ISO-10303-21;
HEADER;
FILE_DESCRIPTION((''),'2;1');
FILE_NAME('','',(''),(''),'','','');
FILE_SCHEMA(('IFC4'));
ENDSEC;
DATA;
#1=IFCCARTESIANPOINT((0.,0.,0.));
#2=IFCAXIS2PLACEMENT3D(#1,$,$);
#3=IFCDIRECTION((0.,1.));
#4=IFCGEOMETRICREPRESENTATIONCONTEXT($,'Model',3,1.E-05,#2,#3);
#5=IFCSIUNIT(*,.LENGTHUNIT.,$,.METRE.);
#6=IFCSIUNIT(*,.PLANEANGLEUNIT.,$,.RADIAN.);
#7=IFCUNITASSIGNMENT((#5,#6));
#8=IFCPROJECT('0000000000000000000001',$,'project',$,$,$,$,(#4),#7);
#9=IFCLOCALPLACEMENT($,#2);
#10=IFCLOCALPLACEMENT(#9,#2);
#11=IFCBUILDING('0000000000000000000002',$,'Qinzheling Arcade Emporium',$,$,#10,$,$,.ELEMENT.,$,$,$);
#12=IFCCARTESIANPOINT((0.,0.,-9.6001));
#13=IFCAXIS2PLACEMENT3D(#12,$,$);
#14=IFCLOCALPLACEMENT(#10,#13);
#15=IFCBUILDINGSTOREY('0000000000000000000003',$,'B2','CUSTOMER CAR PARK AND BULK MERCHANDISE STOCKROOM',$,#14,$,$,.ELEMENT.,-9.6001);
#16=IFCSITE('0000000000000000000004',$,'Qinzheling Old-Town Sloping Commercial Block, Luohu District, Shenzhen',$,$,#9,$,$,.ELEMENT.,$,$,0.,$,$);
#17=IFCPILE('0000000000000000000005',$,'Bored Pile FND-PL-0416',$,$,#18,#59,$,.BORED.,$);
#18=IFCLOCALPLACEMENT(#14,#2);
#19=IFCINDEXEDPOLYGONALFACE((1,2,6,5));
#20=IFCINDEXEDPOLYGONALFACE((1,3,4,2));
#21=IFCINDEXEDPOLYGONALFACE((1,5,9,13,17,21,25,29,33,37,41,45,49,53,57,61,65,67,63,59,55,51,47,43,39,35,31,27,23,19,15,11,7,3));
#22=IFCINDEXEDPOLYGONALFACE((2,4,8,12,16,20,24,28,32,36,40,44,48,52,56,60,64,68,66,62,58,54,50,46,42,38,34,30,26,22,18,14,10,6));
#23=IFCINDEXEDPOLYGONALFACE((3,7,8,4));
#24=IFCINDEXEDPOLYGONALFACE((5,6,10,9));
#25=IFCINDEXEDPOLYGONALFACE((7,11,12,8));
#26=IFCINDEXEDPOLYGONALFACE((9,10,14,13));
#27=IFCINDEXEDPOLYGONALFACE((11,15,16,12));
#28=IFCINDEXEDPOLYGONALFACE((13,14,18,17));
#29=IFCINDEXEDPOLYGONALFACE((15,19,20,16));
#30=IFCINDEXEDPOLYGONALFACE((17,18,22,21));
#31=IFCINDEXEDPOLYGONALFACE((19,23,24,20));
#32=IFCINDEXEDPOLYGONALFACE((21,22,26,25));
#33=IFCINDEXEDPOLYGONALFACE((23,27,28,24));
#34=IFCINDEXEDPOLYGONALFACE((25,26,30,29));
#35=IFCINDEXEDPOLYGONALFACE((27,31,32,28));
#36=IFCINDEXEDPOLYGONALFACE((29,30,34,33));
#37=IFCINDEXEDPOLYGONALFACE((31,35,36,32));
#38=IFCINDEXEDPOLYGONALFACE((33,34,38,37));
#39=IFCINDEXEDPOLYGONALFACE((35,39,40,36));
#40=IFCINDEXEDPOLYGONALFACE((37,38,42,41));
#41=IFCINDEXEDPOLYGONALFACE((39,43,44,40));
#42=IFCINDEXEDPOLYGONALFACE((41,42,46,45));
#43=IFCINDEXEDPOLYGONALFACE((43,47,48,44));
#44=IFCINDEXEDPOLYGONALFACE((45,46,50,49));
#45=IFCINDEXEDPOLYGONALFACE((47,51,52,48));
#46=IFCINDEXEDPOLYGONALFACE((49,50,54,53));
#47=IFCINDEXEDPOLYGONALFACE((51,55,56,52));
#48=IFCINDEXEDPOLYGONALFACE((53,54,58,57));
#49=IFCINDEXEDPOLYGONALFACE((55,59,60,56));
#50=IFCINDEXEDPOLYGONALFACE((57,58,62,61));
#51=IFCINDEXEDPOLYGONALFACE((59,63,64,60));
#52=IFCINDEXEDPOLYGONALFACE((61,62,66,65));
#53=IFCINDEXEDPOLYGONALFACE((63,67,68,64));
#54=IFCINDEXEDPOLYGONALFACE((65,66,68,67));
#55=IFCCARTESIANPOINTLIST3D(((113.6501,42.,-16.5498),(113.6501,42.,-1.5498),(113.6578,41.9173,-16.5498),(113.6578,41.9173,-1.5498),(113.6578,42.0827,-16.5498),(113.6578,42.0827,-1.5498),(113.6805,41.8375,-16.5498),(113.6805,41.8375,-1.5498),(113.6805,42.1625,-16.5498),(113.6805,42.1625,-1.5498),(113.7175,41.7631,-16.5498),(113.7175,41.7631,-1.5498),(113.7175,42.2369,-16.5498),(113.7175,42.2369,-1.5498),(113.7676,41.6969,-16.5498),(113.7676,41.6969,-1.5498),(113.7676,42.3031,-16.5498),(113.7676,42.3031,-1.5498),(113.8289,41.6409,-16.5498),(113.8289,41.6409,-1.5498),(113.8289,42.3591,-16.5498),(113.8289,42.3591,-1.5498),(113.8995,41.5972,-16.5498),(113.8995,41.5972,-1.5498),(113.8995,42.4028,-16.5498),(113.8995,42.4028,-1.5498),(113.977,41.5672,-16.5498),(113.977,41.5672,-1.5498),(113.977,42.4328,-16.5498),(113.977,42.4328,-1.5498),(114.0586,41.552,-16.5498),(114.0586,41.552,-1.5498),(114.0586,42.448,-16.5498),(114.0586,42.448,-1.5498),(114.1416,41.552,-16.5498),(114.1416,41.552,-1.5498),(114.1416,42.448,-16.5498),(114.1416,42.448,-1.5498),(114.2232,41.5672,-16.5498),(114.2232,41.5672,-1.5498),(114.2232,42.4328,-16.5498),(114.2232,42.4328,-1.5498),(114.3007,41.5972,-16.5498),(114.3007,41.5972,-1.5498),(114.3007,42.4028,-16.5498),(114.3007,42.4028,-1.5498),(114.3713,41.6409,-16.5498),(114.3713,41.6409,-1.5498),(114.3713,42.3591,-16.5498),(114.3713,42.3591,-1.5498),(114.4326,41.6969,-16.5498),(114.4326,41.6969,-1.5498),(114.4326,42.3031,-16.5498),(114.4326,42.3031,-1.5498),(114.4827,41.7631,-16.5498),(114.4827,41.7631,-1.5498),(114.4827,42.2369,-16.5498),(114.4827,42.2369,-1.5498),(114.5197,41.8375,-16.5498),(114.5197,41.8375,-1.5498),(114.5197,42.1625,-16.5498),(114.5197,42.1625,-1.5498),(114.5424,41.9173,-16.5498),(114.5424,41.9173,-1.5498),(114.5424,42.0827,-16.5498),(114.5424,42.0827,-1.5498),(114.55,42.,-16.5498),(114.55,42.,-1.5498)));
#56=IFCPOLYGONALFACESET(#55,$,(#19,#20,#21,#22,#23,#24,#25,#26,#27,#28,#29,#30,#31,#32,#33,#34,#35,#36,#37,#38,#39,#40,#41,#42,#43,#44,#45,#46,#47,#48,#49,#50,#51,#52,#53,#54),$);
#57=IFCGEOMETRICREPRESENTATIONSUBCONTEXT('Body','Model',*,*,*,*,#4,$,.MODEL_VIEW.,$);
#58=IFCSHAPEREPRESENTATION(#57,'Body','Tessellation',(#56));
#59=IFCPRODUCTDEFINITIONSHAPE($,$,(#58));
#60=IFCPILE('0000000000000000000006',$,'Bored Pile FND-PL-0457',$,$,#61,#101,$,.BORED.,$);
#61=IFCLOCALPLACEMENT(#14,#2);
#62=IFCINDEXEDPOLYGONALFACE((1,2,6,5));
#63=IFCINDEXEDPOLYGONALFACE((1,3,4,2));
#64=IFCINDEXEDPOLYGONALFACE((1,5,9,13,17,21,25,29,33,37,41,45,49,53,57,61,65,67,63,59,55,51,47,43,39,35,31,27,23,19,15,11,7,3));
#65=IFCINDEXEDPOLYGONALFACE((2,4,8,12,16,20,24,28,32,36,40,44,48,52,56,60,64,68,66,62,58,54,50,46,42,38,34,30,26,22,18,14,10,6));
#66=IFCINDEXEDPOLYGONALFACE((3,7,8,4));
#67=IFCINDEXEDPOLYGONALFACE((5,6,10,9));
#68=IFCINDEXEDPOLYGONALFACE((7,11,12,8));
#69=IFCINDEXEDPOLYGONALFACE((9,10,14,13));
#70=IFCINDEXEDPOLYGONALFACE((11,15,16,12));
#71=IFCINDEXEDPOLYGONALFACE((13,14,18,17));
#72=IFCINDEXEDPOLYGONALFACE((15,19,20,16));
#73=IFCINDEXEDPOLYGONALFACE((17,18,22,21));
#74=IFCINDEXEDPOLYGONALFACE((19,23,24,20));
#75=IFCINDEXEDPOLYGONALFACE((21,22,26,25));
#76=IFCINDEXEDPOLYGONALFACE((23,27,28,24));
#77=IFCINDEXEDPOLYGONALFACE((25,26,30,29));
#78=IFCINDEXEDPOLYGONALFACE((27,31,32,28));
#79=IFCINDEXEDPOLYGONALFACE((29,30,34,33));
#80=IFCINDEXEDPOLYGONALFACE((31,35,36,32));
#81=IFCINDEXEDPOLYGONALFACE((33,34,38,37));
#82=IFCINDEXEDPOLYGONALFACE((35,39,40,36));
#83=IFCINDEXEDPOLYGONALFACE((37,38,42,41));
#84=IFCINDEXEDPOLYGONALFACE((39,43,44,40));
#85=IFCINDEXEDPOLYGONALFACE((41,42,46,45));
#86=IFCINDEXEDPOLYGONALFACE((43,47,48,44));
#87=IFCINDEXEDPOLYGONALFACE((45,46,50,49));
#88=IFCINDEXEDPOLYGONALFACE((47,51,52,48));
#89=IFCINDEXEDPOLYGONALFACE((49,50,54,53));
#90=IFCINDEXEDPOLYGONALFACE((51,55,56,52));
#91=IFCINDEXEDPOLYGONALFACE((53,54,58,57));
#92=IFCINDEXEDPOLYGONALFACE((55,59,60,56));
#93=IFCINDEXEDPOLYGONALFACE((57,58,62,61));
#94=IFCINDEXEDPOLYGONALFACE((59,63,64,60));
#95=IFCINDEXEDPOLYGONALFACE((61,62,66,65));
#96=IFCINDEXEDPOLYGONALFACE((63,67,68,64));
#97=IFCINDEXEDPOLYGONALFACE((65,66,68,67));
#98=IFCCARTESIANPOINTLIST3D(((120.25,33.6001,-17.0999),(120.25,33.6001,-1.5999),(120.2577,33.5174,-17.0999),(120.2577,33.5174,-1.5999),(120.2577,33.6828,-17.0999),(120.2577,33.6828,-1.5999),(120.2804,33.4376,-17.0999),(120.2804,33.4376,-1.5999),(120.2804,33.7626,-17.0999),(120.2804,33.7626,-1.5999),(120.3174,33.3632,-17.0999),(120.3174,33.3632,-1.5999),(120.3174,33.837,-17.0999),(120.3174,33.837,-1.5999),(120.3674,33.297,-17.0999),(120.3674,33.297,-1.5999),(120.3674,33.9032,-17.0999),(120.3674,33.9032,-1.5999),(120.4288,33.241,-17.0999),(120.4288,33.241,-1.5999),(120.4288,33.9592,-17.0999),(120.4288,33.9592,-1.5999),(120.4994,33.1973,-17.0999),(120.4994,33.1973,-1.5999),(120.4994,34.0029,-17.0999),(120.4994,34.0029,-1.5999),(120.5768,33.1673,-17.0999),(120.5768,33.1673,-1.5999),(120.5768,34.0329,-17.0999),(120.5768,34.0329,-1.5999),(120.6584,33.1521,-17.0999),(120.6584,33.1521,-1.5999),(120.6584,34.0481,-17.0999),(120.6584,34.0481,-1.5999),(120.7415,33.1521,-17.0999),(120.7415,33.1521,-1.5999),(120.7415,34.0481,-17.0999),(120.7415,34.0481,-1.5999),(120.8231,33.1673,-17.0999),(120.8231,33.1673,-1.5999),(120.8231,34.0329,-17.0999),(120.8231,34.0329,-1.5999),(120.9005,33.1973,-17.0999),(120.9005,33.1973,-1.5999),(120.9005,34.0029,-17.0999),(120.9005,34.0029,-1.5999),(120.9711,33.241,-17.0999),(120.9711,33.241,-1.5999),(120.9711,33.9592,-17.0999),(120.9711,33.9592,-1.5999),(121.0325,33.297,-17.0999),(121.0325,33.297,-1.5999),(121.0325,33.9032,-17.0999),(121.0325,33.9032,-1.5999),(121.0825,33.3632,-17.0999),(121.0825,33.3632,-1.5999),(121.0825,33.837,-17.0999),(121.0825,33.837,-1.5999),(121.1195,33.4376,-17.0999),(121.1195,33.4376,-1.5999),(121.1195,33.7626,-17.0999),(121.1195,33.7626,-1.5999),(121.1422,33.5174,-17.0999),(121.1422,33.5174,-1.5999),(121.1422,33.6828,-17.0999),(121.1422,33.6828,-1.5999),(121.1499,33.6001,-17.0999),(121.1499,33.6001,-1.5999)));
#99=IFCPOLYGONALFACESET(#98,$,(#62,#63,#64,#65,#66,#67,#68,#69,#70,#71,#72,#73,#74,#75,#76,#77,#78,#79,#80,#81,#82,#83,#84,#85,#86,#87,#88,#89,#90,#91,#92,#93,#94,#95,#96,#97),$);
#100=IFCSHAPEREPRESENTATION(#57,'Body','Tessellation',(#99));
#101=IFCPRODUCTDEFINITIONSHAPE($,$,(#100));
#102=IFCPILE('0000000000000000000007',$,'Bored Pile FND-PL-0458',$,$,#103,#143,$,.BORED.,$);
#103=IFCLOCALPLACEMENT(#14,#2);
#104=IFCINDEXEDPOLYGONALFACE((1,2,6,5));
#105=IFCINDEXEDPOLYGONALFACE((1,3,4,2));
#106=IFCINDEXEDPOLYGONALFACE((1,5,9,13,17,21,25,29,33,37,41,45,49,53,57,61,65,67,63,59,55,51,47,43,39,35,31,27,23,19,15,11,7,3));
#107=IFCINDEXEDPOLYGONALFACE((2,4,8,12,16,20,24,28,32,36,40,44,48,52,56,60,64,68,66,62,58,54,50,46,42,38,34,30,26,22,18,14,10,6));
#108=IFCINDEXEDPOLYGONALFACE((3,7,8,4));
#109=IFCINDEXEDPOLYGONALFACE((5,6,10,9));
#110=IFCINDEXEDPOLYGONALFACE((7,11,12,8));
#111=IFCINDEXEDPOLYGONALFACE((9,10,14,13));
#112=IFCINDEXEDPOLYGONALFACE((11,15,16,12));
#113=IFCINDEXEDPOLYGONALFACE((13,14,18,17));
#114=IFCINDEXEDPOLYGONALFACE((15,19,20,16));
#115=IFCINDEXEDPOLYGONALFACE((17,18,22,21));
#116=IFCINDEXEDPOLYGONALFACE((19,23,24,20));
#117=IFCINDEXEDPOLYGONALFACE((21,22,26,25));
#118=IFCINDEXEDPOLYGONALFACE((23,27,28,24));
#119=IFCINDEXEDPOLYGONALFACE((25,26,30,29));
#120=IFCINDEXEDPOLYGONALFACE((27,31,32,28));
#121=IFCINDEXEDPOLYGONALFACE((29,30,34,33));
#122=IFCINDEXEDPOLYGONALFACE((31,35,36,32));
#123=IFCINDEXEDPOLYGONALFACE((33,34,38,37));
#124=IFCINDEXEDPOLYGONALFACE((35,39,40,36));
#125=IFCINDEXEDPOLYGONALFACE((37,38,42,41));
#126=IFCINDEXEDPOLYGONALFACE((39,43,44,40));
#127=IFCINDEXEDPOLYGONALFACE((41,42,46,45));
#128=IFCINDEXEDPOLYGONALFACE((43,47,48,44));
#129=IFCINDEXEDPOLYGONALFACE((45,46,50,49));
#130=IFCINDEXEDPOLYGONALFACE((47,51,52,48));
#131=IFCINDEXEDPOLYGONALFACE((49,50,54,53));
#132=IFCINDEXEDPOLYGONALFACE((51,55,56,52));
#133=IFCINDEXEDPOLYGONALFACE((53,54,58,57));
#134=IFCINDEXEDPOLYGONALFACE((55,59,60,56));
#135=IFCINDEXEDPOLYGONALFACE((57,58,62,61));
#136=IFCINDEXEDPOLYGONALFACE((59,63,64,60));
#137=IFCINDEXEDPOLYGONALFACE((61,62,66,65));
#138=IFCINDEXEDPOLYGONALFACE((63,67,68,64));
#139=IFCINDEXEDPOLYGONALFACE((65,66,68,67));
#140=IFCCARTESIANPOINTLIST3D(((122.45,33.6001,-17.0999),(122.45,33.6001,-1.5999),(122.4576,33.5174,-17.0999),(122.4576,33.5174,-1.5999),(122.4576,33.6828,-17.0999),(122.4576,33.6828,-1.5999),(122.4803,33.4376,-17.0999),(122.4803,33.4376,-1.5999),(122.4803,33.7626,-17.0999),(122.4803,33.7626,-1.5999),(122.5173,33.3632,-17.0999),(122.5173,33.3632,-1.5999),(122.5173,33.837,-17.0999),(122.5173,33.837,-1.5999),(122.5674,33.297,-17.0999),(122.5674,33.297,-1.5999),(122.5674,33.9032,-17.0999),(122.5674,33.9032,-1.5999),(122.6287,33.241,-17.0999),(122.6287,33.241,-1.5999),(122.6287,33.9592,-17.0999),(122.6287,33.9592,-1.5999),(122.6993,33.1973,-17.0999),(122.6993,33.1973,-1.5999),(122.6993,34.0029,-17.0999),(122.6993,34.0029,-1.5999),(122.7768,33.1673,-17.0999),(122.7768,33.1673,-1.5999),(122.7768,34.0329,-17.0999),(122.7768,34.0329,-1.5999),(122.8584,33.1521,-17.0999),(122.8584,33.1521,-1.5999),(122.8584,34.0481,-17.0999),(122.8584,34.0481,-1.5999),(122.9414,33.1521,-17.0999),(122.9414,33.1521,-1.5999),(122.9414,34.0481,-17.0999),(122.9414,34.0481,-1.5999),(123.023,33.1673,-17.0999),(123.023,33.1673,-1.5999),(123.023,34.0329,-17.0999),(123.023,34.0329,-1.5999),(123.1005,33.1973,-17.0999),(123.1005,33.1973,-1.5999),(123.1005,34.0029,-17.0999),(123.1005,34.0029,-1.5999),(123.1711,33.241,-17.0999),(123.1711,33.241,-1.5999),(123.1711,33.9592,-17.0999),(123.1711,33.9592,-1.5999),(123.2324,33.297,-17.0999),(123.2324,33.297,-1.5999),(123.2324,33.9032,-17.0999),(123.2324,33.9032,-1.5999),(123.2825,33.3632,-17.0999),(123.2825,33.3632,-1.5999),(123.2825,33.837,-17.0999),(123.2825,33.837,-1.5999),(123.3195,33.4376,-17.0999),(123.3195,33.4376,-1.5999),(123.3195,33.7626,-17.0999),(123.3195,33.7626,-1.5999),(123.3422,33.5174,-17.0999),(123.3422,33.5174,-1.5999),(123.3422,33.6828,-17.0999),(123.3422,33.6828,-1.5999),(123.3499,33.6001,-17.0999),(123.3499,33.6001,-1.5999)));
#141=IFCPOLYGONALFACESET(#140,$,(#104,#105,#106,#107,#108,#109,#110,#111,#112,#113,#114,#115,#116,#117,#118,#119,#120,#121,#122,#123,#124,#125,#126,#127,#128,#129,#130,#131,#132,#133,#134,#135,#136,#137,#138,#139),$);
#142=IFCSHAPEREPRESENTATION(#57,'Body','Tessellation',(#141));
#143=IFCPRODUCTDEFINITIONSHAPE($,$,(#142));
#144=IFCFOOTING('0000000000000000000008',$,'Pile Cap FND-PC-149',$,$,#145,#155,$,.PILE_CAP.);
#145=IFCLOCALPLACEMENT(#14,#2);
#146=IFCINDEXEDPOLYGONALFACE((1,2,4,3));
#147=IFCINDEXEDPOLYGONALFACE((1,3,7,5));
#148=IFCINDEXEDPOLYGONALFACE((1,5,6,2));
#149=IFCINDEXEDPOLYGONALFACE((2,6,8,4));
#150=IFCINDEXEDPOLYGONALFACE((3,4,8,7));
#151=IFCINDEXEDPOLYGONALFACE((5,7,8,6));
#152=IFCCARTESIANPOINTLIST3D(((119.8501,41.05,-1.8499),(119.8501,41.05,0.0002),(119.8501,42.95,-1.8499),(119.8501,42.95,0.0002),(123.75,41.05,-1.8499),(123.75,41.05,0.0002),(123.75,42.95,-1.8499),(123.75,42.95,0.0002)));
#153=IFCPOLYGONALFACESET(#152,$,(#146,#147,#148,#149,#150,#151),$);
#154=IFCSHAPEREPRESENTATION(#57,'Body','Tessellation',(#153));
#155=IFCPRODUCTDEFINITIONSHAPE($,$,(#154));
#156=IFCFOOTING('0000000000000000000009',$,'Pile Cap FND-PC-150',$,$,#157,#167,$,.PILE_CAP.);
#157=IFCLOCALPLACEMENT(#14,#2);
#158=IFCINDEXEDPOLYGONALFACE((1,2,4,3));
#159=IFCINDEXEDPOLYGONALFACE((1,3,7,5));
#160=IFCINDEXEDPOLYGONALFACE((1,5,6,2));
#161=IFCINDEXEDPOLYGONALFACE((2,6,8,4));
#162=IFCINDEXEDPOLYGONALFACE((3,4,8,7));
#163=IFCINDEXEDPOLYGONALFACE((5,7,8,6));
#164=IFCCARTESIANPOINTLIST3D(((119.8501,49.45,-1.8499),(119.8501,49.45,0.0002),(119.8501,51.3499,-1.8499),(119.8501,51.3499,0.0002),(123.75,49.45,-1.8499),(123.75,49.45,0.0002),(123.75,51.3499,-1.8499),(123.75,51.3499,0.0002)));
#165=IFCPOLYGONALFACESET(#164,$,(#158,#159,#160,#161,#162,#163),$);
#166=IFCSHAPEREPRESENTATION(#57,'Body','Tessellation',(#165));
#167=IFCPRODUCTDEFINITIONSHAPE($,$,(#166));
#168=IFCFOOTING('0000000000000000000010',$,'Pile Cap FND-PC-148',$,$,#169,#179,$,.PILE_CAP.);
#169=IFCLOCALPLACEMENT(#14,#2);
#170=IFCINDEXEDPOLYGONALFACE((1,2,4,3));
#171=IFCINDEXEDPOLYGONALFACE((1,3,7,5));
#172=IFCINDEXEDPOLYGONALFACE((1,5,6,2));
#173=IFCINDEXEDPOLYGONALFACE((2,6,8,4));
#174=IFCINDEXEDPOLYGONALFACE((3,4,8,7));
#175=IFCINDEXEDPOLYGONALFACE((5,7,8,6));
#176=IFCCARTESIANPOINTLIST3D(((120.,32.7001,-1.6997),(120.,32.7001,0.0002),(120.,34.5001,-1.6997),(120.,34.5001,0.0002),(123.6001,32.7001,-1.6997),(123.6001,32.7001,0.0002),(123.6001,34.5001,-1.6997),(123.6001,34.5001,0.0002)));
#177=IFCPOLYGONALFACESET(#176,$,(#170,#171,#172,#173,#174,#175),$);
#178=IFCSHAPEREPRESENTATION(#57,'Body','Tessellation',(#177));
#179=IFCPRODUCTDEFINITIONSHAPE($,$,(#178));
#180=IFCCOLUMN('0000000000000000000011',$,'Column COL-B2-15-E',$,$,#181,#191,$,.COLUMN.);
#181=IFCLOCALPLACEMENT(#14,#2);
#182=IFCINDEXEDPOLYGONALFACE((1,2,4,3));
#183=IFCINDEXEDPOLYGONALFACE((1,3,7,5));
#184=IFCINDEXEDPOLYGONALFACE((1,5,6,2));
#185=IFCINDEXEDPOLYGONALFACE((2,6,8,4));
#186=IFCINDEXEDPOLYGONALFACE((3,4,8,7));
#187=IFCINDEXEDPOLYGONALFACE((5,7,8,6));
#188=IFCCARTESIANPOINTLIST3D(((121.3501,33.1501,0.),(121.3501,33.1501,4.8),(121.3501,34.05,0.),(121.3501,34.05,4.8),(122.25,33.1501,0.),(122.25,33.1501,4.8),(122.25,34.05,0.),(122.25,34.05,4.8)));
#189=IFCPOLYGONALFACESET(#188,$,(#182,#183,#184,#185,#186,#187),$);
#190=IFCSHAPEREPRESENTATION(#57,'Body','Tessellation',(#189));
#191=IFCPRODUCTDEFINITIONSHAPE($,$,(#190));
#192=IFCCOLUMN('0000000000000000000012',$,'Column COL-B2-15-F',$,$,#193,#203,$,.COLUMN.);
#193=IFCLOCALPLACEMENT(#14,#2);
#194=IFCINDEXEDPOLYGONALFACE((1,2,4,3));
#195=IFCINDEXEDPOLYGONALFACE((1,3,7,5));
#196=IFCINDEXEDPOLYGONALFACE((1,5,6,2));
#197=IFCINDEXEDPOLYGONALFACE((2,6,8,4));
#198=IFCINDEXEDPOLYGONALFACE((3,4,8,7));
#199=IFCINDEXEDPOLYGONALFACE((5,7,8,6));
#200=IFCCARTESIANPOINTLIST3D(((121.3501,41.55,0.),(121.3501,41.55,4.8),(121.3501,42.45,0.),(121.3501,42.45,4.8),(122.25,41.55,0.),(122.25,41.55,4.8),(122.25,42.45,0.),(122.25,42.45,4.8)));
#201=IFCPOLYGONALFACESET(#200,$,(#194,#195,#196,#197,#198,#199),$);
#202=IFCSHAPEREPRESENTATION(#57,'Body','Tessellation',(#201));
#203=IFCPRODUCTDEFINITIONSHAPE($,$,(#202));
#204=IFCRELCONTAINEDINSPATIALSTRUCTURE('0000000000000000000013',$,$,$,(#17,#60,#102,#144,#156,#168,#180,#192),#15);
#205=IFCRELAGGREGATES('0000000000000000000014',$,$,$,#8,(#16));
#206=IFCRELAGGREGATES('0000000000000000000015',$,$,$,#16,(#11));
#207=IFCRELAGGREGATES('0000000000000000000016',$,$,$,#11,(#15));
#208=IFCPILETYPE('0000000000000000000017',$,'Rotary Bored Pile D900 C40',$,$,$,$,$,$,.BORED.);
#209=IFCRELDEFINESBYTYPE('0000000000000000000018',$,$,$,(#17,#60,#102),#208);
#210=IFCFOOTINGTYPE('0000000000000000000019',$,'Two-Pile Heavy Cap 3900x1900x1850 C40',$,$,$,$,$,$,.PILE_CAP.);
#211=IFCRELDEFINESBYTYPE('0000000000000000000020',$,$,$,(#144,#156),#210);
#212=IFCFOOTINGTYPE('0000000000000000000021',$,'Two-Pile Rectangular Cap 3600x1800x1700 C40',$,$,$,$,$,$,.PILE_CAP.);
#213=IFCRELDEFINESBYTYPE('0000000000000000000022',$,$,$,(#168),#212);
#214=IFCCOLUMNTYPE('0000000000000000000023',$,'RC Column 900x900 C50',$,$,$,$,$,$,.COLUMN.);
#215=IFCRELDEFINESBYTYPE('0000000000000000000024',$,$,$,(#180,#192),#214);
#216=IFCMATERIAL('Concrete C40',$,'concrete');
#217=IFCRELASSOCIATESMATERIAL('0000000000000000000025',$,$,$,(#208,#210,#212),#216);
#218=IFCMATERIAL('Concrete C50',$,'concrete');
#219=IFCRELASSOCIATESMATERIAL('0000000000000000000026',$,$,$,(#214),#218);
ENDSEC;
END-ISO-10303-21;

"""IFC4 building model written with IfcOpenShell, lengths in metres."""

from ifc_helpers import new_model, si_unit, direction, frame, origin, origin_2d, place, context, subcontext, project, spatial, rectangle, circle, extrude, material, material_profile, profile_set, type_object, element, save


model = new_model("IFC4")

# Units and contexts
model_context = context("Model", 3, precision=1e-05, world=origin(), true_north=direction((0.0, 1.0)))
body_context = subcontext(model_context, "Body", "Model", "MODEL_VIEW")
ifc_project = project(units=[si_unit("LENGTHUNIT", "METRE"), si_unit("PLANEANGLEUNIT", "RADIAN")], contexts=[model_context])

# Site, building, storey
site_placement = place(None, origin())
site = spatial("IfcSite", under=ifc_project, at=site_placement, Name="Qinzheling Old-Town Sloping Commercial Block, Luohu District, Shenzhen", CompositionType="ELEMENT", RefElevation=0.0)
building_placement = place(site_placement, origin())
building = spatial("IfcBuilding", under=site, at=building_placement, Name="Qinzheling Arcade Emporium", CompositionType="ELEMENT")
storey_placement = place(building_placement, frame((0.0, 0.0, -9.6001)))
storey = spatial("IfcBuildingStorey", under=building, at=storey_placement, Name="B2", Description="CUSTOMER CAR PARK AND BULK MERCHANDISE STOCKROOM", CompositionType="ELEMENT", Elevation=-9.6001)

# Shared definitions
ifc_material_1 = material(Name="Concrete C40", Category="concrete")

# Piles
ifc_material_profile_1 = material_profile(ifc_material_1, circle(Radius=0.45, at=origin_2d()), Name="BORED D900", Category="concrete")
ifc_profile_set_1 = profile_set([ifc_material_profile_1], Name="Concrete C40")
pile_type_1 = type_object("IfcPileType", Name="Rotary Bored Pile D900 C40", PredefinedType="BORED", material=ifc_profile_set_1)
for number, where, z_axis, x_axis, name in (
    (1, (114.1001, 42.0, -1.5498), (0.0, 0.0, -1.0), (1.0, 0.0, 0.0), "Bored Pile FND-PL-0416"),
):
    element("IfcPile", number, at=place(storey_placement, frame(where, z_axis=z_axis, x_axis=x_axis)), inside=storey, type_object=pile_type_1, Name=name, PredefinedType="BORED", context=body_context, shape_type="SweptSolid", body=[
        extrude(circle(Radius=0.45, at=origin_2d()), origin(), (0.0, 0.0, 1.0), 15.0),
    ])
for number, where, z_axis, x_axis, name in (
    (2, (120.7, 33.6001, -1.5999), (0.0, 0.0, -1.0), (1.0, 0.0, 0.0), "Bored Pile FND-PL-0457"),
    (3, (122.8999, 33.6001, -1.5999), (0.0, 0.0, -1.0), (1.0, 0.0, 0.0), "Bored Pile FND-PL-0458"),
):
    element("IfcPile", number, at=place(storey_placement, frame(where, z_axis=z_axis, x_axis=x_axis)), inside=storey, type_object=pile_type_1, Name=name, PredefinedType="BORED", context=body_context, shape_type="SweptSolid", body=[
        extrude(circle(Radius=0.45, at=origin_2d()), origin(), (0.0, 0.0, 1.0), 15.5),
    ])

# Footings
footing_type_1 = type_object("IfcFootingType", Name="Two-Pile Heavy Cap 3900x1900x1850 C40", PredefinedType="PILE_CAP", material=ifc_material_1)
for number, where, z_axis, x_axis, name in (
    (4, (121.8, 42.0, -1.8499), (0.0, 0.0, 1.0), (1.0, 0.0, 0.0), "Pile Cap FND-PC-149"),
    (5, (121.8, 50.3999, -1.8499), (0.0, 0.0, 1.0), (1.0, 0.0, 0.0), "Pile Cap FND-PC-150"),
):
    element("IfcFooting", number, at=place(storey_placement, frame(where, z_axis=z_axis, x_axis=x_axis)), inside=storey, type_object=footing_type_1, Name=name, PredefinedType="PILE_CAP", context=body_context, shape_type="SweptSolid", body=[
        extrude(rectangle(XDim=3.8999, YDim=1.8999, at=origin_2d()), origin(), (0.0, 0.0, 1.0), 1.8501),
    ])
footing_type_2 = type_object("IfcFootingType", Name="Two-Pile Rectangular Cap 3600x1800x1700 C40", PredefinedType="PILE_CAP", material=ifc_material_1)
footing_1_placement = place(storey_placement, frame((121.8, 33.6001, -1.6997), z_axis=(0.0, 0.0, 1.0), x_axis=(1.0, 0.0, 0.0)))
element("IfcFooting", 6, at=footing_1_placement, inside=storey, type_object=footing_type_2, Name="Pile Cap FND-PC-148", PredefinedType="PILE_CAP", context=body_context, shape_type="SweptSolid", body=[
    extrude(rectangle(XDim=3.6001, YDim=1.8, at=origin_2d()), origin(), (0.0, 0.0, 1.0), 1.7),
])

# Columns
ifc_material_2 = material(Name="Concrete C50", Category="concrete")
ifc_material_profile_2 = material_profile(ifc_material_2, rectangle(XDim=0.8999, YDim=0.8999, at=origin_2d()), Name="RC 900x900", Category="concrete")
ifc_profile_set_2 = profile_set([ifc_material_profile_2], Name="Concrete C50")
column_type = type_object("IfcColumnType", Name="RC Column 900x900 C50", PredefinedType="COLUMN", material=ifc_profile_set_2)
for number, where, z_axis, x_axis, name in (
    (7, (121.8, 33.6001, 0.0), (0.0, 0.0, 1.0), (1.0, 0.0, 0.0), "Column COL-B2-15-E"),
    (8, (121.8, 42.0, 0.0), (0.0, 0.0, 1.0), (1.0, 0.0, 0.0), "Column COL-B2-15-F"),
):
    element("IfcColumn", number, at=place(storey_placement, frame(where, z_axis=z_axis, x_axis=x_axis)), inside=storey, type_object=column_type, Name=name, PredefinedType="COLUMN", context=body_context, shape_type="SweptSolid", body=[
        extrude(rectangle(XDim=0.8999, YDim=0.8999, at=origin_2d()), origin(), (0.0, 0.0, 1.0), 4.8),
    ])

save(model, "model.ifc")
